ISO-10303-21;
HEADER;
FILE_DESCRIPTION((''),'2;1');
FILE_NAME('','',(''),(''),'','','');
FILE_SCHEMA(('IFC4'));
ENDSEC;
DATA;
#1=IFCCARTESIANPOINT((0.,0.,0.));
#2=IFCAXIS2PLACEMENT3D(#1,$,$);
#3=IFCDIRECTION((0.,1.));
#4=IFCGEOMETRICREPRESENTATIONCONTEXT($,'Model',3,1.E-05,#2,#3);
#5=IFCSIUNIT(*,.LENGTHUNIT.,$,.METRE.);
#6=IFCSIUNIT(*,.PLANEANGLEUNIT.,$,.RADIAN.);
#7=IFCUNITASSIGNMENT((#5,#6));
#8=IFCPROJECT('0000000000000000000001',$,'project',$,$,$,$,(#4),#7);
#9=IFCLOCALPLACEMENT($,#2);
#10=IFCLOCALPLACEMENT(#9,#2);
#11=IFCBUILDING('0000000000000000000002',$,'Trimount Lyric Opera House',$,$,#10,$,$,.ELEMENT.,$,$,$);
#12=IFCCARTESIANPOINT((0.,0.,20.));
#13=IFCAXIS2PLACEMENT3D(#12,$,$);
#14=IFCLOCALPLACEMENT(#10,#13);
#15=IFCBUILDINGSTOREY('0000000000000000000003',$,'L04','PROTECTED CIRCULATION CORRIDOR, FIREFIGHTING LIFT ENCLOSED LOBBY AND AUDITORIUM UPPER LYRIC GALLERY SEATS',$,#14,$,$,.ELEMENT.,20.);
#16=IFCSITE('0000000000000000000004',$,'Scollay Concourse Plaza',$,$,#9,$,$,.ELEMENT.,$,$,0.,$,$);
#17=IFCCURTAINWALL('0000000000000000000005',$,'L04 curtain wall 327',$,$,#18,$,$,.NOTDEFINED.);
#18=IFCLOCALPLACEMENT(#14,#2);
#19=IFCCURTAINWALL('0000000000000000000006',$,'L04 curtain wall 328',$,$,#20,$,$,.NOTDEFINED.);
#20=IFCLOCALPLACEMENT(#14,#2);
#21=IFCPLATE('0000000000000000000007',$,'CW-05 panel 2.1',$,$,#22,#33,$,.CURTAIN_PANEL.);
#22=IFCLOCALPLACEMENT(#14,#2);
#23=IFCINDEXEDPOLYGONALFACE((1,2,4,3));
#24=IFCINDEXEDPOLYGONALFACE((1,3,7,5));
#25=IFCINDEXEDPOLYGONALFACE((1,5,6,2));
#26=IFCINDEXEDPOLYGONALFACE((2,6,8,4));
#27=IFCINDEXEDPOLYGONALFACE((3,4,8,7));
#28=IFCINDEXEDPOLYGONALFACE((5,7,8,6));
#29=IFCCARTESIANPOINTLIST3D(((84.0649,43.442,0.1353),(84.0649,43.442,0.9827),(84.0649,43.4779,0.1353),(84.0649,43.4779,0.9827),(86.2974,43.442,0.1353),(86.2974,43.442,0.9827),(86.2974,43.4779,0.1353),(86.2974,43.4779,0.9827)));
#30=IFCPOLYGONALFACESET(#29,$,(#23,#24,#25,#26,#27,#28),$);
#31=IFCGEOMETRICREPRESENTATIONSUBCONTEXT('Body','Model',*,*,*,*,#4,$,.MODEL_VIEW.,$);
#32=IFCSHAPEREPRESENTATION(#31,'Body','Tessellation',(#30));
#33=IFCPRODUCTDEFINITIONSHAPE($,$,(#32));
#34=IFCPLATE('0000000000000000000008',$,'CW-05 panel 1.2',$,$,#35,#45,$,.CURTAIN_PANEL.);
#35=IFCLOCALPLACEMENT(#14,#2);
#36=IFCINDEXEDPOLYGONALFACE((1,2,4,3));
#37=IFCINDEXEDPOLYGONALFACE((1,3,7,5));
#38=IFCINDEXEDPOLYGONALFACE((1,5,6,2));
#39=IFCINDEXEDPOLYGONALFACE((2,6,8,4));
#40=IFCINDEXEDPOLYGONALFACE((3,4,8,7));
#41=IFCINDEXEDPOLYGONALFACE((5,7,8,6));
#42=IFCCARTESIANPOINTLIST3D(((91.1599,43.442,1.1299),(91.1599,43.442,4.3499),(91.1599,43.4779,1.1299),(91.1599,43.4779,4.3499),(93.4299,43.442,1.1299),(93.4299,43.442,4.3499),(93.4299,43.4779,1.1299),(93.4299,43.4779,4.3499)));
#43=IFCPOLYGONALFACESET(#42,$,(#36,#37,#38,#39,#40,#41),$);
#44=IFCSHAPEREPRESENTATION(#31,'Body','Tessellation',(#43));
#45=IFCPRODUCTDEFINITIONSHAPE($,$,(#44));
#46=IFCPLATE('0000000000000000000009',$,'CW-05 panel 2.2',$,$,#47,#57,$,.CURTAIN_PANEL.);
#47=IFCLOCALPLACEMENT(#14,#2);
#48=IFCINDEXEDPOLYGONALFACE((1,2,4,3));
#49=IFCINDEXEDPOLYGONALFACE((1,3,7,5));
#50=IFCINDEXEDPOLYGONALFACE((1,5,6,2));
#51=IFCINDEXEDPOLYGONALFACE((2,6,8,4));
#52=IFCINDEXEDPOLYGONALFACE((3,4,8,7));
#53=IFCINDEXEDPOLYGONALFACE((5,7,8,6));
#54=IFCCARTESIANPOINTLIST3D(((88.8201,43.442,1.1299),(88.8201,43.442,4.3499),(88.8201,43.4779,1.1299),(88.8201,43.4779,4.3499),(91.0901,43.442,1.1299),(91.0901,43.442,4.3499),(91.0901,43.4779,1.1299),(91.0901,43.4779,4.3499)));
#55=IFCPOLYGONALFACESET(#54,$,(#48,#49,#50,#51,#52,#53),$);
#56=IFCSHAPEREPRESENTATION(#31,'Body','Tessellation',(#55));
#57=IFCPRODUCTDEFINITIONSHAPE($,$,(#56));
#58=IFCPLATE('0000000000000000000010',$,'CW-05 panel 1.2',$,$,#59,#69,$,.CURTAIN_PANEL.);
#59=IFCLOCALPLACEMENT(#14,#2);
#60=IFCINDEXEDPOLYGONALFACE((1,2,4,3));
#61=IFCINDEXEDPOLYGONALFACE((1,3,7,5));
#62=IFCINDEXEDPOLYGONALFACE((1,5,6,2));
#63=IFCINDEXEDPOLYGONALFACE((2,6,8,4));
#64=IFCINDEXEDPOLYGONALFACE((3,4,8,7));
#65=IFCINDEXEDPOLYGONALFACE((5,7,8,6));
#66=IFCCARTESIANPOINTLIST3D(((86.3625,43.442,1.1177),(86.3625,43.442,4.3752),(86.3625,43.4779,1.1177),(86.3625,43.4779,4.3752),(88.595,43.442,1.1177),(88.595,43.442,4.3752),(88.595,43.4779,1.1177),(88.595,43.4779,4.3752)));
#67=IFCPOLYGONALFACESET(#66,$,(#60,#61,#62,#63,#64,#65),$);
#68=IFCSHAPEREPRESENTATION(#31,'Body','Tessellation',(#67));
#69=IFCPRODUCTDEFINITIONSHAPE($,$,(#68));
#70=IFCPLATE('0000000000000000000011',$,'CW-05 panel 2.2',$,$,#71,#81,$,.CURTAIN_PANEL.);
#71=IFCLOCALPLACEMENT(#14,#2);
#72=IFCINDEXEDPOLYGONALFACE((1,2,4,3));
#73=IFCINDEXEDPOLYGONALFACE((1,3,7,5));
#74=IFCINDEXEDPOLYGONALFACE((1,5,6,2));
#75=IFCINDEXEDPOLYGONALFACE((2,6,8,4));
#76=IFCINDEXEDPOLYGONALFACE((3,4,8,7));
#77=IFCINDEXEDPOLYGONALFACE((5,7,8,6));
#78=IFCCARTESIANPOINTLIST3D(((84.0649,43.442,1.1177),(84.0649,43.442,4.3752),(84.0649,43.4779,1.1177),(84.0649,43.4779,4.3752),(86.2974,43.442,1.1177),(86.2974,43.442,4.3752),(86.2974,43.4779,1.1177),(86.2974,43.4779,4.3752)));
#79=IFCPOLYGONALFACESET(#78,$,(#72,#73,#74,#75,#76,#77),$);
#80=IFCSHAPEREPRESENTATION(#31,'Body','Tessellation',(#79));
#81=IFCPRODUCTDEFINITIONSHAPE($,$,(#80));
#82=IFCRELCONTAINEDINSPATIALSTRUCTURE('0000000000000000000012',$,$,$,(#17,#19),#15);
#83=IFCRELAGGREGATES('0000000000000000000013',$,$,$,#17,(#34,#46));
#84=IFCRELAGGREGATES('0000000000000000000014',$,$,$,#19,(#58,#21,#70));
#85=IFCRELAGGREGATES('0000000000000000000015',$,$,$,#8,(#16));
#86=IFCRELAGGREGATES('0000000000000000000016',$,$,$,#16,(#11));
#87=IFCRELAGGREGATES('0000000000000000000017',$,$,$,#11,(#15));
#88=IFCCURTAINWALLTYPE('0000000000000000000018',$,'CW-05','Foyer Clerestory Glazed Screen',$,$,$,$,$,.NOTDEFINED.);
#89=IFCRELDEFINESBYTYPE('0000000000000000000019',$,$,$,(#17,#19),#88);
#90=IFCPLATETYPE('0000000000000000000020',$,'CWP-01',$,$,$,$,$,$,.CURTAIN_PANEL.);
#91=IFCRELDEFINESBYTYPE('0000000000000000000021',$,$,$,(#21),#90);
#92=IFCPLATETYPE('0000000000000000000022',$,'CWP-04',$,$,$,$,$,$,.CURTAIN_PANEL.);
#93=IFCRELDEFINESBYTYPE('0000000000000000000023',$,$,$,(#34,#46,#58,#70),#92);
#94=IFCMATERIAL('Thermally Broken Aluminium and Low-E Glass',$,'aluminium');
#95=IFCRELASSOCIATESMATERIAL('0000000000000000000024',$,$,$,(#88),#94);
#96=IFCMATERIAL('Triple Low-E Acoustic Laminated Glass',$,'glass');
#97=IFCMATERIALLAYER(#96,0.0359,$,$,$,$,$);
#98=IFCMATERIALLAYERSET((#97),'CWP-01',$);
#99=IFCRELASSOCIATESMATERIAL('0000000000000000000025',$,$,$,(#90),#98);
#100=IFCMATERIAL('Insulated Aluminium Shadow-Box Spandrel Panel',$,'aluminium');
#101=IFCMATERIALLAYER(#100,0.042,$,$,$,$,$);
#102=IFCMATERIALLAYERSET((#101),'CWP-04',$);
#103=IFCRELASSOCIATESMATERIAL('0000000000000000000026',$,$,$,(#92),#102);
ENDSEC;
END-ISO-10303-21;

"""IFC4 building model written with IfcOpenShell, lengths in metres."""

from ifc_helpers import new_model, si_unit, direction, frame, origin, origin_2d, place, context, subcontext, project, spatial, rectangle, extrude, material, layer, layer_set, type_object, element, aggregate, save


model = new_model("IFC4")

# Units and contexts
model_context = context("Model", 3, precision=1e-05, world=origin(), true_north=direction((0.0, 1.0)))
body_context = subcontext(model_context, "Body", "Model", "MODEL_VIEW")
ifc_project = project(units=[si_unit("LENGTHUNIT", "METRE"), si_unit("PLANEANGLEUNIT", "RADIAN")], contexts=[model_context])

# Site, building, storey
site_placement = place(None, origin())
site = spatial("IfcSite", under=ifc_project, at=site_placement, Name="Scollay Concourse Plaza", CompositionType="ELEMENT", RefElevation=0.0)
building_placement = place(site_placement, origin())
building = spatial("IfcBuilding", under=site, at=building_placement, Name="Trimount Lyric Opera House", CompositionType="ELEMENT")
storey_placement = place(building_placement, frame((0.0, 0.0, 20.0)))
storey = spatial("IfcBuildingStorey", under=building, at=storey_placement, Name="L04", Description="PROTECTED CIRCULATION CORRIDOR, FIREFIGHTING LIFT ENCLOSED LOBBY AND AUDITORIUM UPPER LYRIC GALLERY SEATS", CompositionType="ELEMENT", Elevation=20.0)

# Curtain walls
ifc_material_1 = material(Name="Thermally Broken Aluminium and Low-E Glass", Category="aluminium")
curtain_wall_type = type_object("IfcCurtainWallType", Name="CW-05", Description="Foyer Clerestory Glazed Screen", PredefinedType="NOTDEFINED", material=ifc_material_1)
curtain_wall_1_placement = place(storey_placement, origin())
curtain_wall_1 = element("IfcCurtainWall", 1, at=curtain_wall_1_placement, inside=storey, type_object=curtain_wall_type, Name="L04 curtain wall 327", PredefinedType="NOTDEFINED")
curtain_wall_2_placement = place(storey_placement, origin())
curtain_wall_2 = element("IfcCurtainWall", 2, at=curtain_wall_2_placement, inside=storey, type_object=curtain_wall_type, Name="L04 curtain wall 328", PredefinedType="NOTDEFINED")

# Plates
ifc_material_2 = material(Name="Triple Low-E Acoustic Laminated Glass", Category="glass")
ifc_layer_1 = layer(ifc_material_2, 0.0359)
ifc_layer_set_1 = layer_set([ifc_layer_1], Name="CWP-01")
plate_type_1 = type_object("IfcPlateType", Name="CWP-01", PredefinedType="CURTAIN_PANEL", material=ifc_layer_set_1)
plate_1_placement = place(storey_placement, frame((85.1812, 43.46, 0.1353), z_axis=(0.0, 0.0, 1.0), x_axis=(-1.0, 0.0, 0.0)))
plate_1 = element("IfcPlate", 3, at=plate_1_placement, type_object=plate_type_1, Name="CW-05 panel 2.1", PredefinedType="CURTAIN_PANEL", context=body_context, shape_type="SweptSolid", body=[
    extrude(rectangle(XDim=2.2324, YDim=0.0359, at=origin_2d()), origin(), (0.0, 0.0, 1.0), 0.8474),
])
ifc_material_3 = material(Name="Insulated Aluminium Shadow-Box Spandrel Panel", Category="aluminium")
ifc_layer_2 = layer(ifc_material_3, 0.042)
ifc_layer_set_2 = layer_set([ifc_layer_2], Name="CWP-04")
plate_type_2 = type_object("IfcPlateType", Name="CWP-04", PredefinedType="CURTAIN_PANEL", material=ifc_layer_set_2)
plate_2_placement = place(storey_placement, frame((92.2949, 43.46, 1.1299), z_axis=(0.0, 0.0, 1.0), x_axis=(-1.0, 0.0, 0.0)))
plate_2 = element("IfcPlate", 4, at=plate_2_placement, type_object=plate_type_2, Name="CW-05 panel 1.2", PredefinedType="CURTAIN_PANEL", context=body_context, shape_type="SweptSolid", body=[
    extrude(rectangle(XDim=2.27, YDim=0.0359, at=origin_2d()), origin(), (0.0, 0.0, 1.0), 3.22),
])
plate_3_placement = place(storey_placement, frame((89.9551, 43.46, 1.1299), z_axis=(0.0, 0.0, 1.0), x_axis=(-1.0, 0.0, 0.0)))
plate_3 = element("IfcPlate", 5, at=plate_3_placement, type_object=plate_type_2, Name="CW-05 panel 2.2", PredefinedType="CURTAIN_PANEL", context=body_context, shape_type="SweptSolid", body=[
    extrude(rectangle(XDim=2.27, YDim=0.0359, at=origin_2d()), origin(), (0.0, 0.0, 1.0), 3.22),
])
aggregate(curtain_wall_1, [plate_2, plate_3])
plate_4_placement = place(storey_placement, frame((87.4788, 43.46, 1.1177), z_axis=(0.0, 0.0, 1.0), x_axis=(-1.0, 0.0, 0.0)))
plate_4 = element("IfcPlate", 6, at=plate_4_placement, type_object=plate_type_2, Name="CW-05 panel 1.2", PredefinedType="CURTAIN_PANEL", context=body_context, shape_type="SweptSolid", body=[
    extrude(rectangle(XDim=2.2324, YDim=0.0359, at=origin_2d()), origin(), (0.0, 0.0, 1.0), 3.2576),
])
plate_5_placement = place(storey_placement, frame((85.1812, 43.46, 1.1177), z_axis=(0.0, 0.0, 1.0), x_axis=(-1.0, 0.0, 0.0)))
plate_5 = element("IfcPlate", 7, at=plate_5_placement, type_object=plate_type_2, Name="CW-05 panel 2.2", PredefinedType="CURTAIN_PANEL", context=body_context, shape_type="SweptSolid", body=[
    extrude(rectangle(XDim=2.2324, YDim=0.0359, at=origin_2d()), origin(), (0.0, 0.0, 1.0), 3.2576),
])
aggregate(curtain_wall_2, [plate_4, plate_1, plate_5])

save(model, "model.ifc")
